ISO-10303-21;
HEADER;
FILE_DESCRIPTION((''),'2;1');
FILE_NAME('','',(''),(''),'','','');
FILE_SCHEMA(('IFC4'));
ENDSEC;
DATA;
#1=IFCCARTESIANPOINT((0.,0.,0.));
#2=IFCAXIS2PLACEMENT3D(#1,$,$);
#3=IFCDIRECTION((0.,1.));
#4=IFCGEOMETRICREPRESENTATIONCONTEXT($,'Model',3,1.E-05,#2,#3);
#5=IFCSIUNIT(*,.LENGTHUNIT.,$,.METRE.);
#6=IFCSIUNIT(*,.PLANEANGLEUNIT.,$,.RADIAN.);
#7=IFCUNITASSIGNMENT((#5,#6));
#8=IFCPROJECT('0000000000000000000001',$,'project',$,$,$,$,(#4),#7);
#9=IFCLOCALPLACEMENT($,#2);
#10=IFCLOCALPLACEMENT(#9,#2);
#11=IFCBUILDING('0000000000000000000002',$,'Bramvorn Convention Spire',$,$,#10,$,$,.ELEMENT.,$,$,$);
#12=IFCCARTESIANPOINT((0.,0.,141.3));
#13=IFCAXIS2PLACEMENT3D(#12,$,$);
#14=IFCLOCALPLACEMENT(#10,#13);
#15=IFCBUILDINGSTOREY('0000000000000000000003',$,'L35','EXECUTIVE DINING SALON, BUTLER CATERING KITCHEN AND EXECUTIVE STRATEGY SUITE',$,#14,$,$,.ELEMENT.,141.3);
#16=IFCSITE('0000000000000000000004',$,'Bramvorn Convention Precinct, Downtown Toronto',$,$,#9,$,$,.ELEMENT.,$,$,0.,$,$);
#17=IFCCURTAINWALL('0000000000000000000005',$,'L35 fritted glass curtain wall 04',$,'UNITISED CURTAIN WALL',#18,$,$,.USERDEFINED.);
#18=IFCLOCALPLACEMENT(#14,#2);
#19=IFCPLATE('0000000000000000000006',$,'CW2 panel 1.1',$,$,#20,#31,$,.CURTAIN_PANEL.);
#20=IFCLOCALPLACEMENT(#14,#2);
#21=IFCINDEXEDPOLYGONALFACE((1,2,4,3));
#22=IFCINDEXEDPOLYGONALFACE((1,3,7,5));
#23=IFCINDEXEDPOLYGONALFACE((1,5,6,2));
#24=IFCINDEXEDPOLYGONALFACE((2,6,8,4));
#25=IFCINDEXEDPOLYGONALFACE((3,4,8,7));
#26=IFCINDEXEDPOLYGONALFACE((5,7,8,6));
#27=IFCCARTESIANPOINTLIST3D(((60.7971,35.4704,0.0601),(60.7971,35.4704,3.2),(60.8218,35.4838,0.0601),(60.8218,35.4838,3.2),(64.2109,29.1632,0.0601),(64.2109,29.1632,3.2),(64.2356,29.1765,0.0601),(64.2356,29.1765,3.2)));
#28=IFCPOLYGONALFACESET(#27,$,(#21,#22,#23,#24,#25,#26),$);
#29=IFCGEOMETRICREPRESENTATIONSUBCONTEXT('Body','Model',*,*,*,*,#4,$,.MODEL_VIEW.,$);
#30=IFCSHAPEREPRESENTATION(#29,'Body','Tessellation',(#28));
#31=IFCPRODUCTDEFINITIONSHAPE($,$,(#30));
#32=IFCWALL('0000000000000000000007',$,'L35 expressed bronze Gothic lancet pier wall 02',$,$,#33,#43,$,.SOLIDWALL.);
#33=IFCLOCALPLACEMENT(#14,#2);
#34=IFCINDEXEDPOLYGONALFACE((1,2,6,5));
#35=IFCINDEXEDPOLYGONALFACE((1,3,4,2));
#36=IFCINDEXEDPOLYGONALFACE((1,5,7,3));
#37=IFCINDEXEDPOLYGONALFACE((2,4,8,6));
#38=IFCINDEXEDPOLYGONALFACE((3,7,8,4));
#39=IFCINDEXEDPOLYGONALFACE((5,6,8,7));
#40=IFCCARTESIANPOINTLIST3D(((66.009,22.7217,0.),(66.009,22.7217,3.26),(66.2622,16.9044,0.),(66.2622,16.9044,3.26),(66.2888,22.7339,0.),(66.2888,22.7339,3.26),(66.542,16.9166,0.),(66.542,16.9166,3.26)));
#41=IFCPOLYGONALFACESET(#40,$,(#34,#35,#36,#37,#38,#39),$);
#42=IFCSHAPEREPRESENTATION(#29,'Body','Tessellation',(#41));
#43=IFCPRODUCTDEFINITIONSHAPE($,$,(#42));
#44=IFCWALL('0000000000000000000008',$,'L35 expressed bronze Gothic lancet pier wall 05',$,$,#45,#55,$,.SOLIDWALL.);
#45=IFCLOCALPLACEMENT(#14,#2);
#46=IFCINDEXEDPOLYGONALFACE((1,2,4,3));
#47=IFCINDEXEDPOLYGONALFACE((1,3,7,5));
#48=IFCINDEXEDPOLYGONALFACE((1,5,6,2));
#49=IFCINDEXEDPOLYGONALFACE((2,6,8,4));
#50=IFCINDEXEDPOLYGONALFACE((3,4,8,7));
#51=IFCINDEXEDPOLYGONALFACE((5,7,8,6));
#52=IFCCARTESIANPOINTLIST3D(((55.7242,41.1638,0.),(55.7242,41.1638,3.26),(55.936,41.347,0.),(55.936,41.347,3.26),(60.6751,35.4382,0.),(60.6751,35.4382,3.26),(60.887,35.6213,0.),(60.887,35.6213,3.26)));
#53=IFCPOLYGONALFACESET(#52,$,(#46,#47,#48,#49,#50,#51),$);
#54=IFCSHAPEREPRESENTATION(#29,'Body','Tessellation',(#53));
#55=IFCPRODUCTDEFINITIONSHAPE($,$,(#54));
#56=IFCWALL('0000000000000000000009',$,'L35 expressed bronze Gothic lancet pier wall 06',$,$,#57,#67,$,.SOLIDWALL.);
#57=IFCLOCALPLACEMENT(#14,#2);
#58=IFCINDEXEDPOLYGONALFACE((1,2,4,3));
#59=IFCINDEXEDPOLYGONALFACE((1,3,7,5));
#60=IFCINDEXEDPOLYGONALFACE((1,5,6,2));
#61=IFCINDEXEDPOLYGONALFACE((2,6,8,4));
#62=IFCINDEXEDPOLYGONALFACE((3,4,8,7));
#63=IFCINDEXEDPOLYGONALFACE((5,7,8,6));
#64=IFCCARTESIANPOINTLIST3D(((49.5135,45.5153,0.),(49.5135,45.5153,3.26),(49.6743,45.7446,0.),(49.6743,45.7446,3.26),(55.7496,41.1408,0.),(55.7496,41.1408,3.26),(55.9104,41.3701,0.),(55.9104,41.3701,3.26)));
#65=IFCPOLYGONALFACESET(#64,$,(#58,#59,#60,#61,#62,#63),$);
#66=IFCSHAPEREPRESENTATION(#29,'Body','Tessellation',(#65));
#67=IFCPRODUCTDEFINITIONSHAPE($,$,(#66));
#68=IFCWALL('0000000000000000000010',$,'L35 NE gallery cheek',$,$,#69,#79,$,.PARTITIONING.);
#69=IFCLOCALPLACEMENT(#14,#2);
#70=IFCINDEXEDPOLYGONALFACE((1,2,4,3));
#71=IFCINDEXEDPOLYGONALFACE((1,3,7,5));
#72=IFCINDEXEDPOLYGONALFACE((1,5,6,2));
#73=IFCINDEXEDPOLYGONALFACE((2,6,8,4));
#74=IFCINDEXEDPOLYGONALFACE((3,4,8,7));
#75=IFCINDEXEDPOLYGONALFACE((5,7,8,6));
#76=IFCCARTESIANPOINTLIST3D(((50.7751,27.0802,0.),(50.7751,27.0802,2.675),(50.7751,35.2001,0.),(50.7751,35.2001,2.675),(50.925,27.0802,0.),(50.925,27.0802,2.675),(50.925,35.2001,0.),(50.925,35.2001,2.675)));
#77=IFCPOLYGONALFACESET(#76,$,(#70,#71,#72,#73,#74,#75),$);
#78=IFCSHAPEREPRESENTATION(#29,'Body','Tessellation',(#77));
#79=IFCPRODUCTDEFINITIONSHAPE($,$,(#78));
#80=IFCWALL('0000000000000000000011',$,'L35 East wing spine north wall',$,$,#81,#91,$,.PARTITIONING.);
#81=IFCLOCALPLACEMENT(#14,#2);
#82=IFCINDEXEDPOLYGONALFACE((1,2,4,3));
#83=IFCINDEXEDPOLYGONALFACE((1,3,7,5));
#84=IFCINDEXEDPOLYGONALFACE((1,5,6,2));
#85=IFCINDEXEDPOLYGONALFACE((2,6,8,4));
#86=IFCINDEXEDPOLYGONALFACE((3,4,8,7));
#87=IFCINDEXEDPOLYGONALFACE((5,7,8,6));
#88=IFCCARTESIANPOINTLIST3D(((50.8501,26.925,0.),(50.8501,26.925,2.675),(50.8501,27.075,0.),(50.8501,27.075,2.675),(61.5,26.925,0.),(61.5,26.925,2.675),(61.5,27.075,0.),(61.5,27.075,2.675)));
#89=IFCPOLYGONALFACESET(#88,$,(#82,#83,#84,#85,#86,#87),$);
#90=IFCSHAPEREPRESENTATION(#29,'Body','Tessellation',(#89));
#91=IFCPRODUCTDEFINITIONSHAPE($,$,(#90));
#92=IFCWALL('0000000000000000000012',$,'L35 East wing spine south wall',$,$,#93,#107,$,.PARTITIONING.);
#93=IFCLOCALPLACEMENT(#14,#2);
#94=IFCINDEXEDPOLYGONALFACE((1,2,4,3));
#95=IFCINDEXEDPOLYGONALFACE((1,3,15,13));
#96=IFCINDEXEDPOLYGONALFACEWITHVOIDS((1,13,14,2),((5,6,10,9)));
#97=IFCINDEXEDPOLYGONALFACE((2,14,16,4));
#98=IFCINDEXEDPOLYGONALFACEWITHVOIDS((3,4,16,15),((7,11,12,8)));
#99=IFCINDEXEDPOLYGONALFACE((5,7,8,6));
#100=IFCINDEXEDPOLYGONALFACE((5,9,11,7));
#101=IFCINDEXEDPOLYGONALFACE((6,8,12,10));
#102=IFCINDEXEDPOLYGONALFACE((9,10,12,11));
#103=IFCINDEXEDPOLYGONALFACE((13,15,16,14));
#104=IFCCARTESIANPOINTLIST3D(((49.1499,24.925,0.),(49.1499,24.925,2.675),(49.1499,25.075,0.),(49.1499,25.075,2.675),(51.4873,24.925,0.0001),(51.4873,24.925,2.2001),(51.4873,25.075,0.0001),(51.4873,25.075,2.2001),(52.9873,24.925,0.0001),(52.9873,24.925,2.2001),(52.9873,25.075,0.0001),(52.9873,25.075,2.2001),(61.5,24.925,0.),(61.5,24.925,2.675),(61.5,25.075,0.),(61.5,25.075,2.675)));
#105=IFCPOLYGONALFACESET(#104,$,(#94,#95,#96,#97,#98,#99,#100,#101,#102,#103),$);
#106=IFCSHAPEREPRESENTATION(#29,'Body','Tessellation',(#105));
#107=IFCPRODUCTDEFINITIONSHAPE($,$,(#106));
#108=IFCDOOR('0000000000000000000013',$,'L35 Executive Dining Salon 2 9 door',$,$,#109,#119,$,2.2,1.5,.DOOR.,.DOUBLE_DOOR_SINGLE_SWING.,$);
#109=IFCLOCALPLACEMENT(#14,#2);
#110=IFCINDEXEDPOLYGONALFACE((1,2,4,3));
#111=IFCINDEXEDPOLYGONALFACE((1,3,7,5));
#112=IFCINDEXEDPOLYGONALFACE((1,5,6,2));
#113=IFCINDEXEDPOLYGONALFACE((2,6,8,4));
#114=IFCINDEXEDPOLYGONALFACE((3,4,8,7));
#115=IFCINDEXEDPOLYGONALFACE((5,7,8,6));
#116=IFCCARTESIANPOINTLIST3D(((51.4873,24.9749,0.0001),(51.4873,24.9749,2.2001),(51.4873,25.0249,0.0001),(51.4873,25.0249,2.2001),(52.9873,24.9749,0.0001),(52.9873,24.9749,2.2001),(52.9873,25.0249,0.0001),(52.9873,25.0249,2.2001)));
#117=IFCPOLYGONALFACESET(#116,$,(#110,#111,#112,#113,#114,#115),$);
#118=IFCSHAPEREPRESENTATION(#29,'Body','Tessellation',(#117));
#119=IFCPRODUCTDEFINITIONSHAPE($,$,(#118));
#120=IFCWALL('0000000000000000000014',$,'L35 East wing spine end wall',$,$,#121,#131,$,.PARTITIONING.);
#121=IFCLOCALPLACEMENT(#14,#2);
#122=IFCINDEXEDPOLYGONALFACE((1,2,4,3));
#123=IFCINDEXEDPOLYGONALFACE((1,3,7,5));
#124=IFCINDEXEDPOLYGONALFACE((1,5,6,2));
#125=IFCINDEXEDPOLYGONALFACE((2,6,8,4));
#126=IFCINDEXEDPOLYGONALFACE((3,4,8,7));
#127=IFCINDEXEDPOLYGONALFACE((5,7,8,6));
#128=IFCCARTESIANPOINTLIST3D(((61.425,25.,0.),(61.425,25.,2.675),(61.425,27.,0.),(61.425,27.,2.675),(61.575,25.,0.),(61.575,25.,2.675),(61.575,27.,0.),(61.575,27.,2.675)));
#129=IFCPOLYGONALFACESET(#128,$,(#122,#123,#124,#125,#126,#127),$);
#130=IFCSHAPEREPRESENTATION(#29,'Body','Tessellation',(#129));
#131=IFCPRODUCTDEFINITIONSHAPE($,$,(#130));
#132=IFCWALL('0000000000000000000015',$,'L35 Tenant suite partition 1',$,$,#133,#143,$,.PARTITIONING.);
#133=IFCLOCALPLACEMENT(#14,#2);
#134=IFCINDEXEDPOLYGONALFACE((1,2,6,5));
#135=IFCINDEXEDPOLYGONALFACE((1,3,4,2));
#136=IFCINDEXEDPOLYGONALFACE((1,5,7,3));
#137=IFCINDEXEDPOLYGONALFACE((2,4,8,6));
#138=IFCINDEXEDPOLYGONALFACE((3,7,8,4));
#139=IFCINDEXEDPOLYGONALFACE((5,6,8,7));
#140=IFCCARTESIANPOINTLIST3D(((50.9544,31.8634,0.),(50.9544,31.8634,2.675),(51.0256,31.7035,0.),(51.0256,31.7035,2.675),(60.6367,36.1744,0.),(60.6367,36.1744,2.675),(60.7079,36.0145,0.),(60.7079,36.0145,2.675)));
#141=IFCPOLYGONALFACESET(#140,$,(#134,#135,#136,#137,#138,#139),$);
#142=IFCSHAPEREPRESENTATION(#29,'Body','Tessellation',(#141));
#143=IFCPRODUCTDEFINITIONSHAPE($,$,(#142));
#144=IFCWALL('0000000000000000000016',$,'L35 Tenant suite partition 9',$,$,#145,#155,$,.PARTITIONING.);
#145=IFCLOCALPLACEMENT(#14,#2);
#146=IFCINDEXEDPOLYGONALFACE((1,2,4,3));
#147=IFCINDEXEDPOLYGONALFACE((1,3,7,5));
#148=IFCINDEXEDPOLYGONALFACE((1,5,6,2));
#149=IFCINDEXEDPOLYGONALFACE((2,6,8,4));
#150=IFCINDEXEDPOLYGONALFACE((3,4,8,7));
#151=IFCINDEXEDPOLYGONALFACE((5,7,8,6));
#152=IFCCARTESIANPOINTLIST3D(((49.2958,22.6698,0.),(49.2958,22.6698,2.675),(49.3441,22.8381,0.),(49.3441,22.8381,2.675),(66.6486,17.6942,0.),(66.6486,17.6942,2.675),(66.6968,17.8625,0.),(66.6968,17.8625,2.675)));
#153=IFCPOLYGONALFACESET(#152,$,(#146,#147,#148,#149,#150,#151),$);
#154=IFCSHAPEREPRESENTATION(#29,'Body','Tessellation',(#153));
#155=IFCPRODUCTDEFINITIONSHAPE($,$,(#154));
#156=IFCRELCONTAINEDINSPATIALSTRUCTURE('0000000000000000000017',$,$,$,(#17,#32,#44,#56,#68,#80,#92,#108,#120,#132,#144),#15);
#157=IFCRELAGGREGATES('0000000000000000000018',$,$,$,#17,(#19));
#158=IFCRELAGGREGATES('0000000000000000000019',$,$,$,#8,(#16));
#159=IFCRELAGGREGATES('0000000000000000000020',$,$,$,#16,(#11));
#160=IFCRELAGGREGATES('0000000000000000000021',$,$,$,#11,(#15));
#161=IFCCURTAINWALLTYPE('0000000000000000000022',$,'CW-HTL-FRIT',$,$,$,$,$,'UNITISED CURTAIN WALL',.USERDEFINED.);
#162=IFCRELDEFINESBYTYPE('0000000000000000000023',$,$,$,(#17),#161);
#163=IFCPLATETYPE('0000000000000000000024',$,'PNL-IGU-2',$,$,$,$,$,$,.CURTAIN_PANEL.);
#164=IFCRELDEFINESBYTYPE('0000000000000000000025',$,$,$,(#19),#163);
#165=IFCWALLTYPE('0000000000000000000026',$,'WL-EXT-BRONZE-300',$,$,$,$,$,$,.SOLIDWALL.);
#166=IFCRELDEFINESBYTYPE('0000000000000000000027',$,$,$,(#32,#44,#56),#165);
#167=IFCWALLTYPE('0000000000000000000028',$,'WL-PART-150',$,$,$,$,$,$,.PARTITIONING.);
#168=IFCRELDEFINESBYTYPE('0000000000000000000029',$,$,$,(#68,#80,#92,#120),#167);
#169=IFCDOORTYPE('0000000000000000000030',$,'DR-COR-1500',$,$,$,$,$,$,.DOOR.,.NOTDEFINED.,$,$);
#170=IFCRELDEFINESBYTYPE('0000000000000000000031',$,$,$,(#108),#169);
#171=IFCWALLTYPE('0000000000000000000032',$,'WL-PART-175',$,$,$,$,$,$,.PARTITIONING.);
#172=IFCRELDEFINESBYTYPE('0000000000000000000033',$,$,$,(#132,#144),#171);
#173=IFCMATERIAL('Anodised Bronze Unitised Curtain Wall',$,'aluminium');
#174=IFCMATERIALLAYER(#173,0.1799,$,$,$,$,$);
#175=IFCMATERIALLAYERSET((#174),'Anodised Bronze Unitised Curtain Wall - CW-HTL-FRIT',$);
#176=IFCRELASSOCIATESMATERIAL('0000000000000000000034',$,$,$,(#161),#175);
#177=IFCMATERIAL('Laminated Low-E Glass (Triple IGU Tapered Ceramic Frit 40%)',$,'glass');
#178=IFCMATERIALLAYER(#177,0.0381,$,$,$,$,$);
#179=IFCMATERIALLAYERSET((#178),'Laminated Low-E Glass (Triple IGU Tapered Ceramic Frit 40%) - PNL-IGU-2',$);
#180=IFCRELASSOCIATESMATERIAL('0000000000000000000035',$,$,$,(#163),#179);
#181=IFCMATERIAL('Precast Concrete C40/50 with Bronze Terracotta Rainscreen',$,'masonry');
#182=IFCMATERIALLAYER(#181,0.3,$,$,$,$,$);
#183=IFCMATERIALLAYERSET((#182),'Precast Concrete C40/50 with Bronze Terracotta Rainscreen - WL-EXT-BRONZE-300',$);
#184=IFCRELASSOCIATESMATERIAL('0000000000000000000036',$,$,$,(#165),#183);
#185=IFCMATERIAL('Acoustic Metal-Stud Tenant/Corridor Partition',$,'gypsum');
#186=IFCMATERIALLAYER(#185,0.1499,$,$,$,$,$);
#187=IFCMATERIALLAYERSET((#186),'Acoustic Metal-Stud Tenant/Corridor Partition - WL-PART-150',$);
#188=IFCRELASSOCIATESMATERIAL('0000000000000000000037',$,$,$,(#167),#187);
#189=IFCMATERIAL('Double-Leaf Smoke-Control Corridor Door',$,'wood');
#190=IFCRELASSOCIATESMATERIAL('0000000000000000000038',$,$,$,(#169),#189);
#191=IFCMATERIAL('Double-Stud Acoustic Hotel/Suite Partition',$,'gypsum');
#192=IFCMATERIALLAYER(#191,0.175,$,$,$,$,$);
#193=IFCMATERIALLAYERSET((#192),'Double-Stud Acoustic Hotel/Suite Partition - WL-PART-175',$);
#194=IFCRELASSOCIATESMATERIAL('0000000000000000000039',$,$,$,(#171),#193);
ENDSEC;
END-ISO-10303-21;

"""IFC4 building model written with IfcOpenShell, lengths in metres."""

from ifc_helpers import new_model, si_unit, direction, frame, frame_2d, origin, origin_2d, place, context, subcontext, project, spatial, rectangle, extrude, material, layer, layer_set, type_object, element, fill, aggregate, save


model = new_model("IFC4")

# Units and contexts
model_context = context("Model", 3, precision=1e-05, world=origin(), true_north=direction((0.0, 1.0)))
body_context = subcontext(model_context, "Body", "Model", "MODEL_VIEW")
ifc_project = project(units=[si_unit("LENGTHUNIT", "METRE"), si_unit("PLANEANGLEUNIT", "RADIAN")], contexts=[model_context])

# Site, building, storey
site_placement = place(None, origin())
site = spatial("IfcSite", under=ifc_project, at=site_placement, Name="Bramvorn Convention Precinct, Downtown Toronto", CompositionType="ELEMENT", RefElevation=0.0)
building_placement = place(site_placement, origin())
building = spatial("IfcBuilding", under=site, at=building_placement, Name="Bramvorn Convention Spire", CompositionType="ELEMENT")
storey_placement = place(building_placement, frame((0.0, 0.0, 141.3)))
storey = spatial("IfcBuildingStorey", under=building, at=storey_placement, Name="L35", Description="EXECUTIVE DINING SALON, BUTLER CATERING KITCHEN AND EXECUTIVE STRATEGY SUITE", CompositionType="ELEMENT", Elevation=141.3)

# Curtain wall
ifc_material_1 = material(Name="Anodised Bronze Unitised Curtain Wall", Category="aluminium")
ifc_layer_1 = layer(ifc_material_1, 0.1799)
ifc_layer_set_1 = layer_set([ifc_layer_1], Name="Anodised Bronze Unitised Curtain Wall - CW-HTL-FRIT")
curtain_wall_type = type_object("IfcCurtainWallType", Name="CW-HTL-FRIT", ElementType="UNITISED CURTAIN WALL", PredefinedType="USERDEFINED", material=ifc_layer_set_1)
curtain_wall_1_placement = place(storey_placement, origin())
curtain_wall_1 = element("IfcCurtainWall", 1, at=curtain_wall_1_placement, inside=storey, type_object=curtain_wall_type, Name="L35 fritted glass curtain wall 04", ObjectType="UNITISED CURTAIN WALL", PredefinedType="USERDEFINED")

# Plate
ifc_material_2 = material(Name="Laminated Low-E Glass (Triple IGU Tapered Ceramic Frit 40%)", Category="glass")
ifc_layer_2 = layer(ifc_material_2, 0.0381)
ifc_layer_set_2 = layer_set([ifc_layer_2], Name="Laminated Low-E Glass (Triple IGU Tapered Ceramic Frit 40%) - PNL-IGU-2")
plate_type = type_object("IfcPlateType", Name="PNL-IGU-2", PredefinedType="CURTAIN_PANEL", material=ifc_layer_set_2)
plate_1_placement = place(storey_placement, frame((62.5164, 32.3235, 0.0601), z_axis=(0.0, 0.0, 1.0), x_axis=(0.476003, -0.879444, 0.0)))
plate_1 = element("IfcPlate", 2, at=plate_1_placement, type_object=plate_type, Name="CW2 panel 1.1", PredefinedType="CURTAIN_PANEL", context=body_context, shape_type="SweptSolid", body=[
    extrude(rectangle(XDim=7.1719, YDim=0.0281, at=origin_2d()), origin(), (0.0, 0.0, 1.0), 3.1399),
])
aggregate(curtain_wall_1, [plate_1])

# Walls
ifc_material_3 = material(Name="Precast Concrete C40/50 with Bronze Terracotta Rainscreen", Category="masonry")
ifc_layer_3 = layer(ifc_material_3, 0.3)
ifc_layer_set_3 = layer_set([ifc_layer_3], Name="Precast Concrete C40/50 with Bronze Terracotta Rainscreen - WL-EXT-BRONZE-300")
wall_type_1 = type_object("IfcWallType", Name="WL-EXT-BRONZE-300", PredefinedType="SOLIDWALL", material=ifc_layer_set_3)
wall_1_placement = place(storey_placement, frame((66.1489, 22.7278, 0.0), z_axis=(0.0, 0.0, 1.0), x_axis=(0.043481, -0.999054, 0.0)))
element("IfcWall", 3, at=wall_1_placement, inside=storey, type_object=wall_type_1, Name="L35 expressed bronze Gothic lancet pier wall 02", PredefinedType="SOLIDWALL", context=body_context, shape_type="SweptSolid", body=[
    extrude(rectangle(XDim=5.8228, YDim=0.28, at=frame_2d((2.9114, 0.0))), origin(), (0.0, 0.0, 1.0), 3.26),
])
wall_2_placement = place(storey_placement, frame((55.8301, 41.2554, 0.0), z_axis=(0.0, 0.0, 1.0), x_axis=(0.654082, -0.756424, 0.0)))
element("IfcWall", 4, at=wall_2_placement, inside=storey, type_object=wall_type_1, Name="L35 expressed bronze Gothic lancet pier wall 05", PredefinedType="SOLIDWALL", context=body_context, shape_type="SweptSolid", body=[
    extrude(rectangle(XDim=7.5693, YDim=0.28, at=frame_2d((3.7847, 0.0))), origin(), (0.0, 0.0, 1.0), 3.26),
])
wall_3_placement = place(storey_placement, frame((49.594, 45.6299, 0.0), z_axis=(0.0, 0.0, 1.0), x_axis=(0.818661, -0.574277, 0.0)))
element("IfcWall", 5, at=wall_3_placement, inside=storey, type_object=wall_type_1, Name="L35 expressed bronze Gothic lancet pier wall 06", PredefinedType="SOLIDWALL", context=body_context, shape_type="SweptSolid", body=[
    extrude(rectangle(XDim=7.6174, YDim=0.28, at=frame_2d((3.8086, 0.0))), origin(), (0.0, 0.0, 1.0), 3.26),
])
ifc_material_4 = material(Name="Acoustic Metal-Stud Tenant/Corridor Partition", Category="gypsum")
ifc_layer_4 = layer(ifc_material_4, 0.1499)
ifc_layer_set_4 = layer_set([ifc_layer_4], Name="Acoustic Metal-Stud Tenant/Corridor Partition - WL-PART-150")
wall_type_2 = type_object("IfcWallType", Name="WL-PART-150", PredefinedType="PARTITIONING", material=ifc_layer_set_4)
wall_4_placement = place(storey_placement, frame((50.8501, 27.0801, 0.0), z_axis=(0.0, 0.0, 1.0), x_axis=(0.0, 1.0, 0.0)))
element("IfcWall", 6, at=wall_4_placement, inside=storey, type_object=wall_type_2, Name="L35 NE gallery cheek", PredefinedType="PARTITIONING", context=body_context, shape_type="SweptSolid", body=[
    extrude(rectangle(XDim=8.1199, YDim=0.1499, at=frame_2d((4.0601, 0.0))), origin(), (0.0, 0.0, 1.0), 2.675),
])
wall_5_placement = place(storey_placement, frame((50.8501, 27.0, 0.0), z_axis=(0.0, 0.0, 1.0), x_axis=(1.0, 0.0, 0.0)))
element("IfcWall", 7, at=wall_5_placement, inside=storey, type_object=wall_type_2, Name="L35 East wing spine north wall", PredefinedType="PARTITIONING", context=body_context, shape_type="SweptSolid", body=[
    extrude(rectangle(XDim=10.6499, YDim=0.1499, at=frame_2d((5.325, 0.0))), origin(), (0.0, 0.0, 1.0), 2.675),
])

# Wall, opening, door
wall_6_placement = place(storey_placement, frame((49.1499, 25.0, 0.0), z_axis=(0.0, 0.0, 1.0), x_axis=(1.0, 0.0, 0.0)))
wall_6 = element("IfcWall", 8, at=wall_6_placement, inside=storey, type_object=wall_type_2, Name="L35 East wing spine south wall", PredefinedType="PARTITIONING", context=body_context, shape_type="SweptSolid", body=[
    extrude(rectangle(XDim=12.3501, YDim=0.1499, at=frame_2d((6.175, 0.0))), origin(), (0.0, 0.0, 1.0), 2.675),
])
opening_placement = place(wall_6_placement, frame((2.3374, 0.0, 0.0)))
opening = element("IfcOpeningElement", 9, at=opening_placement, cuts=wall_6, PredefinedType="OPENING", context=body_context, shape_type="SweptSolid", body=[
    extrude(rectangle(XDim=1.5, YDim=2.2, at=frame_2d((0.75, 1.1001))), frame((0.0, 0.085, 0.0), z_axis=(0.0, -1.0, 0.0), x_axis=(1.0, 0.0, 0.0)), (0.0, 0.0, 1.0), 0.1699),
])
ifc_material_5 = material(Name="Double-Leaf Smoke-Control Corridor Door", Category="wood")
door_type = type_object("IfcDoorType", Name="DR-COR-1500", OperationType="NOTDEFINED", PredefinedType="DOOR", material=ifc_material_5)
door_placement = place(opening_placement, origin())
door = element("IfcDoor", 10, at=door_placement, inside=storey, type_object=door_type, Name="L35 Executive Dining Salon 2 9 door", OperationType="DOUBLE_DOOR_SINGLE_SWING", OverallHeight=2.2, OverallWidth=1.5, PredefinedType="DOOR", context=body_context, shape_type="SweptSolid", body=[
    extrude(rectangle(XDim=1.5, YDim=2.2, at=frame_2d((0.75, 1.1001))), frame((0.0, 0.0249, 0.0), z_axis=(0.0, -1.0, 0.0), x_axis=(1.0, 0.0, 0.0)), (0.0, 0.0, 1.0), 0.05),
])
fill(opening, door)

# Walls
wall_7_placement = place(storey_placement, frame((61.5, 25.0, 0.0), z_axis=(0.0, 0.0, 1.0), x_axis=(0.0, 1.0, 0.0)))
element("IfcWall", 11, at=wall_7_placement, inside=storey, type_object=wall_type_2, Name="L35 East wing spine end wall", PredefinedType="PARTITIONING", context=body_context, shape_type="SweptSolid", body=[
    extrude(rectangle(XDim=2.0, YDim=0.1499, at=frame_2d((1.0, 0.0))), origin(), (0.0, 0.0, 1.0), 2.675),
])
ifc_material_6 = material(Name="Double-Stud Acoustic Hotel/Suite Partition", Category="gypsum")
ifc_layer_5 = layer(ifc_material_6, 0.175)
ifc_layer_set_5 = layer_set([ifc_layer_5], Name="Double-Stud Acoustic Hotel/Suite Partition - WL-PART-175")
wall_type_3 = type_object("IfcWallType", Name="WL-PART-175", PredefinedType="PARTITIONING", material=ifc_layer_set_5)
wall_8_placement = place(storey_placement, frame((50.99, 31.7834, 0.0), z_axis=(0.0, 0.0, 1.0), x_axis=(0.91354, 0.40675, 0.0)))
element("IfcWall", 12, at=wall_8_placement, inside=storey, type_object=wall_type_3, Name="L35 Tenant suite partition 1", PredefinedType="PARTITIONING", context=body_context, shape_type="SweptSolid", body=[
    extrude(rectangle(XDim=10.5986, YDim=0.175, at=frame_2d((5.2993, 0.0))), origin(), (0.0, 0.0, 1.0), 2.675),
])
wall_9_placement = place(storey_placement, frame((49.3201, 22.7539, 0.0), z_axis=(0.0, 0.0, 1.0), x_axis=(0.961265, -0.275625, 0.0)))
element("IfcWall", 13, at=wall_9_placement, inside=storey, type_object=wall_type_3, Name="L35 Tenant suite partition 9", PredefinedType="PARTITIONING", context=body_context, shape_type="SweptSolid", body=[
    extrude(rectangle(XDim=18.052, YDim=0.175, at=frame_2d((9.0259, 0.0))), origin(), (0.0, 0.0, 1.0), 2.675),
])

save(model, "model.ifc")
